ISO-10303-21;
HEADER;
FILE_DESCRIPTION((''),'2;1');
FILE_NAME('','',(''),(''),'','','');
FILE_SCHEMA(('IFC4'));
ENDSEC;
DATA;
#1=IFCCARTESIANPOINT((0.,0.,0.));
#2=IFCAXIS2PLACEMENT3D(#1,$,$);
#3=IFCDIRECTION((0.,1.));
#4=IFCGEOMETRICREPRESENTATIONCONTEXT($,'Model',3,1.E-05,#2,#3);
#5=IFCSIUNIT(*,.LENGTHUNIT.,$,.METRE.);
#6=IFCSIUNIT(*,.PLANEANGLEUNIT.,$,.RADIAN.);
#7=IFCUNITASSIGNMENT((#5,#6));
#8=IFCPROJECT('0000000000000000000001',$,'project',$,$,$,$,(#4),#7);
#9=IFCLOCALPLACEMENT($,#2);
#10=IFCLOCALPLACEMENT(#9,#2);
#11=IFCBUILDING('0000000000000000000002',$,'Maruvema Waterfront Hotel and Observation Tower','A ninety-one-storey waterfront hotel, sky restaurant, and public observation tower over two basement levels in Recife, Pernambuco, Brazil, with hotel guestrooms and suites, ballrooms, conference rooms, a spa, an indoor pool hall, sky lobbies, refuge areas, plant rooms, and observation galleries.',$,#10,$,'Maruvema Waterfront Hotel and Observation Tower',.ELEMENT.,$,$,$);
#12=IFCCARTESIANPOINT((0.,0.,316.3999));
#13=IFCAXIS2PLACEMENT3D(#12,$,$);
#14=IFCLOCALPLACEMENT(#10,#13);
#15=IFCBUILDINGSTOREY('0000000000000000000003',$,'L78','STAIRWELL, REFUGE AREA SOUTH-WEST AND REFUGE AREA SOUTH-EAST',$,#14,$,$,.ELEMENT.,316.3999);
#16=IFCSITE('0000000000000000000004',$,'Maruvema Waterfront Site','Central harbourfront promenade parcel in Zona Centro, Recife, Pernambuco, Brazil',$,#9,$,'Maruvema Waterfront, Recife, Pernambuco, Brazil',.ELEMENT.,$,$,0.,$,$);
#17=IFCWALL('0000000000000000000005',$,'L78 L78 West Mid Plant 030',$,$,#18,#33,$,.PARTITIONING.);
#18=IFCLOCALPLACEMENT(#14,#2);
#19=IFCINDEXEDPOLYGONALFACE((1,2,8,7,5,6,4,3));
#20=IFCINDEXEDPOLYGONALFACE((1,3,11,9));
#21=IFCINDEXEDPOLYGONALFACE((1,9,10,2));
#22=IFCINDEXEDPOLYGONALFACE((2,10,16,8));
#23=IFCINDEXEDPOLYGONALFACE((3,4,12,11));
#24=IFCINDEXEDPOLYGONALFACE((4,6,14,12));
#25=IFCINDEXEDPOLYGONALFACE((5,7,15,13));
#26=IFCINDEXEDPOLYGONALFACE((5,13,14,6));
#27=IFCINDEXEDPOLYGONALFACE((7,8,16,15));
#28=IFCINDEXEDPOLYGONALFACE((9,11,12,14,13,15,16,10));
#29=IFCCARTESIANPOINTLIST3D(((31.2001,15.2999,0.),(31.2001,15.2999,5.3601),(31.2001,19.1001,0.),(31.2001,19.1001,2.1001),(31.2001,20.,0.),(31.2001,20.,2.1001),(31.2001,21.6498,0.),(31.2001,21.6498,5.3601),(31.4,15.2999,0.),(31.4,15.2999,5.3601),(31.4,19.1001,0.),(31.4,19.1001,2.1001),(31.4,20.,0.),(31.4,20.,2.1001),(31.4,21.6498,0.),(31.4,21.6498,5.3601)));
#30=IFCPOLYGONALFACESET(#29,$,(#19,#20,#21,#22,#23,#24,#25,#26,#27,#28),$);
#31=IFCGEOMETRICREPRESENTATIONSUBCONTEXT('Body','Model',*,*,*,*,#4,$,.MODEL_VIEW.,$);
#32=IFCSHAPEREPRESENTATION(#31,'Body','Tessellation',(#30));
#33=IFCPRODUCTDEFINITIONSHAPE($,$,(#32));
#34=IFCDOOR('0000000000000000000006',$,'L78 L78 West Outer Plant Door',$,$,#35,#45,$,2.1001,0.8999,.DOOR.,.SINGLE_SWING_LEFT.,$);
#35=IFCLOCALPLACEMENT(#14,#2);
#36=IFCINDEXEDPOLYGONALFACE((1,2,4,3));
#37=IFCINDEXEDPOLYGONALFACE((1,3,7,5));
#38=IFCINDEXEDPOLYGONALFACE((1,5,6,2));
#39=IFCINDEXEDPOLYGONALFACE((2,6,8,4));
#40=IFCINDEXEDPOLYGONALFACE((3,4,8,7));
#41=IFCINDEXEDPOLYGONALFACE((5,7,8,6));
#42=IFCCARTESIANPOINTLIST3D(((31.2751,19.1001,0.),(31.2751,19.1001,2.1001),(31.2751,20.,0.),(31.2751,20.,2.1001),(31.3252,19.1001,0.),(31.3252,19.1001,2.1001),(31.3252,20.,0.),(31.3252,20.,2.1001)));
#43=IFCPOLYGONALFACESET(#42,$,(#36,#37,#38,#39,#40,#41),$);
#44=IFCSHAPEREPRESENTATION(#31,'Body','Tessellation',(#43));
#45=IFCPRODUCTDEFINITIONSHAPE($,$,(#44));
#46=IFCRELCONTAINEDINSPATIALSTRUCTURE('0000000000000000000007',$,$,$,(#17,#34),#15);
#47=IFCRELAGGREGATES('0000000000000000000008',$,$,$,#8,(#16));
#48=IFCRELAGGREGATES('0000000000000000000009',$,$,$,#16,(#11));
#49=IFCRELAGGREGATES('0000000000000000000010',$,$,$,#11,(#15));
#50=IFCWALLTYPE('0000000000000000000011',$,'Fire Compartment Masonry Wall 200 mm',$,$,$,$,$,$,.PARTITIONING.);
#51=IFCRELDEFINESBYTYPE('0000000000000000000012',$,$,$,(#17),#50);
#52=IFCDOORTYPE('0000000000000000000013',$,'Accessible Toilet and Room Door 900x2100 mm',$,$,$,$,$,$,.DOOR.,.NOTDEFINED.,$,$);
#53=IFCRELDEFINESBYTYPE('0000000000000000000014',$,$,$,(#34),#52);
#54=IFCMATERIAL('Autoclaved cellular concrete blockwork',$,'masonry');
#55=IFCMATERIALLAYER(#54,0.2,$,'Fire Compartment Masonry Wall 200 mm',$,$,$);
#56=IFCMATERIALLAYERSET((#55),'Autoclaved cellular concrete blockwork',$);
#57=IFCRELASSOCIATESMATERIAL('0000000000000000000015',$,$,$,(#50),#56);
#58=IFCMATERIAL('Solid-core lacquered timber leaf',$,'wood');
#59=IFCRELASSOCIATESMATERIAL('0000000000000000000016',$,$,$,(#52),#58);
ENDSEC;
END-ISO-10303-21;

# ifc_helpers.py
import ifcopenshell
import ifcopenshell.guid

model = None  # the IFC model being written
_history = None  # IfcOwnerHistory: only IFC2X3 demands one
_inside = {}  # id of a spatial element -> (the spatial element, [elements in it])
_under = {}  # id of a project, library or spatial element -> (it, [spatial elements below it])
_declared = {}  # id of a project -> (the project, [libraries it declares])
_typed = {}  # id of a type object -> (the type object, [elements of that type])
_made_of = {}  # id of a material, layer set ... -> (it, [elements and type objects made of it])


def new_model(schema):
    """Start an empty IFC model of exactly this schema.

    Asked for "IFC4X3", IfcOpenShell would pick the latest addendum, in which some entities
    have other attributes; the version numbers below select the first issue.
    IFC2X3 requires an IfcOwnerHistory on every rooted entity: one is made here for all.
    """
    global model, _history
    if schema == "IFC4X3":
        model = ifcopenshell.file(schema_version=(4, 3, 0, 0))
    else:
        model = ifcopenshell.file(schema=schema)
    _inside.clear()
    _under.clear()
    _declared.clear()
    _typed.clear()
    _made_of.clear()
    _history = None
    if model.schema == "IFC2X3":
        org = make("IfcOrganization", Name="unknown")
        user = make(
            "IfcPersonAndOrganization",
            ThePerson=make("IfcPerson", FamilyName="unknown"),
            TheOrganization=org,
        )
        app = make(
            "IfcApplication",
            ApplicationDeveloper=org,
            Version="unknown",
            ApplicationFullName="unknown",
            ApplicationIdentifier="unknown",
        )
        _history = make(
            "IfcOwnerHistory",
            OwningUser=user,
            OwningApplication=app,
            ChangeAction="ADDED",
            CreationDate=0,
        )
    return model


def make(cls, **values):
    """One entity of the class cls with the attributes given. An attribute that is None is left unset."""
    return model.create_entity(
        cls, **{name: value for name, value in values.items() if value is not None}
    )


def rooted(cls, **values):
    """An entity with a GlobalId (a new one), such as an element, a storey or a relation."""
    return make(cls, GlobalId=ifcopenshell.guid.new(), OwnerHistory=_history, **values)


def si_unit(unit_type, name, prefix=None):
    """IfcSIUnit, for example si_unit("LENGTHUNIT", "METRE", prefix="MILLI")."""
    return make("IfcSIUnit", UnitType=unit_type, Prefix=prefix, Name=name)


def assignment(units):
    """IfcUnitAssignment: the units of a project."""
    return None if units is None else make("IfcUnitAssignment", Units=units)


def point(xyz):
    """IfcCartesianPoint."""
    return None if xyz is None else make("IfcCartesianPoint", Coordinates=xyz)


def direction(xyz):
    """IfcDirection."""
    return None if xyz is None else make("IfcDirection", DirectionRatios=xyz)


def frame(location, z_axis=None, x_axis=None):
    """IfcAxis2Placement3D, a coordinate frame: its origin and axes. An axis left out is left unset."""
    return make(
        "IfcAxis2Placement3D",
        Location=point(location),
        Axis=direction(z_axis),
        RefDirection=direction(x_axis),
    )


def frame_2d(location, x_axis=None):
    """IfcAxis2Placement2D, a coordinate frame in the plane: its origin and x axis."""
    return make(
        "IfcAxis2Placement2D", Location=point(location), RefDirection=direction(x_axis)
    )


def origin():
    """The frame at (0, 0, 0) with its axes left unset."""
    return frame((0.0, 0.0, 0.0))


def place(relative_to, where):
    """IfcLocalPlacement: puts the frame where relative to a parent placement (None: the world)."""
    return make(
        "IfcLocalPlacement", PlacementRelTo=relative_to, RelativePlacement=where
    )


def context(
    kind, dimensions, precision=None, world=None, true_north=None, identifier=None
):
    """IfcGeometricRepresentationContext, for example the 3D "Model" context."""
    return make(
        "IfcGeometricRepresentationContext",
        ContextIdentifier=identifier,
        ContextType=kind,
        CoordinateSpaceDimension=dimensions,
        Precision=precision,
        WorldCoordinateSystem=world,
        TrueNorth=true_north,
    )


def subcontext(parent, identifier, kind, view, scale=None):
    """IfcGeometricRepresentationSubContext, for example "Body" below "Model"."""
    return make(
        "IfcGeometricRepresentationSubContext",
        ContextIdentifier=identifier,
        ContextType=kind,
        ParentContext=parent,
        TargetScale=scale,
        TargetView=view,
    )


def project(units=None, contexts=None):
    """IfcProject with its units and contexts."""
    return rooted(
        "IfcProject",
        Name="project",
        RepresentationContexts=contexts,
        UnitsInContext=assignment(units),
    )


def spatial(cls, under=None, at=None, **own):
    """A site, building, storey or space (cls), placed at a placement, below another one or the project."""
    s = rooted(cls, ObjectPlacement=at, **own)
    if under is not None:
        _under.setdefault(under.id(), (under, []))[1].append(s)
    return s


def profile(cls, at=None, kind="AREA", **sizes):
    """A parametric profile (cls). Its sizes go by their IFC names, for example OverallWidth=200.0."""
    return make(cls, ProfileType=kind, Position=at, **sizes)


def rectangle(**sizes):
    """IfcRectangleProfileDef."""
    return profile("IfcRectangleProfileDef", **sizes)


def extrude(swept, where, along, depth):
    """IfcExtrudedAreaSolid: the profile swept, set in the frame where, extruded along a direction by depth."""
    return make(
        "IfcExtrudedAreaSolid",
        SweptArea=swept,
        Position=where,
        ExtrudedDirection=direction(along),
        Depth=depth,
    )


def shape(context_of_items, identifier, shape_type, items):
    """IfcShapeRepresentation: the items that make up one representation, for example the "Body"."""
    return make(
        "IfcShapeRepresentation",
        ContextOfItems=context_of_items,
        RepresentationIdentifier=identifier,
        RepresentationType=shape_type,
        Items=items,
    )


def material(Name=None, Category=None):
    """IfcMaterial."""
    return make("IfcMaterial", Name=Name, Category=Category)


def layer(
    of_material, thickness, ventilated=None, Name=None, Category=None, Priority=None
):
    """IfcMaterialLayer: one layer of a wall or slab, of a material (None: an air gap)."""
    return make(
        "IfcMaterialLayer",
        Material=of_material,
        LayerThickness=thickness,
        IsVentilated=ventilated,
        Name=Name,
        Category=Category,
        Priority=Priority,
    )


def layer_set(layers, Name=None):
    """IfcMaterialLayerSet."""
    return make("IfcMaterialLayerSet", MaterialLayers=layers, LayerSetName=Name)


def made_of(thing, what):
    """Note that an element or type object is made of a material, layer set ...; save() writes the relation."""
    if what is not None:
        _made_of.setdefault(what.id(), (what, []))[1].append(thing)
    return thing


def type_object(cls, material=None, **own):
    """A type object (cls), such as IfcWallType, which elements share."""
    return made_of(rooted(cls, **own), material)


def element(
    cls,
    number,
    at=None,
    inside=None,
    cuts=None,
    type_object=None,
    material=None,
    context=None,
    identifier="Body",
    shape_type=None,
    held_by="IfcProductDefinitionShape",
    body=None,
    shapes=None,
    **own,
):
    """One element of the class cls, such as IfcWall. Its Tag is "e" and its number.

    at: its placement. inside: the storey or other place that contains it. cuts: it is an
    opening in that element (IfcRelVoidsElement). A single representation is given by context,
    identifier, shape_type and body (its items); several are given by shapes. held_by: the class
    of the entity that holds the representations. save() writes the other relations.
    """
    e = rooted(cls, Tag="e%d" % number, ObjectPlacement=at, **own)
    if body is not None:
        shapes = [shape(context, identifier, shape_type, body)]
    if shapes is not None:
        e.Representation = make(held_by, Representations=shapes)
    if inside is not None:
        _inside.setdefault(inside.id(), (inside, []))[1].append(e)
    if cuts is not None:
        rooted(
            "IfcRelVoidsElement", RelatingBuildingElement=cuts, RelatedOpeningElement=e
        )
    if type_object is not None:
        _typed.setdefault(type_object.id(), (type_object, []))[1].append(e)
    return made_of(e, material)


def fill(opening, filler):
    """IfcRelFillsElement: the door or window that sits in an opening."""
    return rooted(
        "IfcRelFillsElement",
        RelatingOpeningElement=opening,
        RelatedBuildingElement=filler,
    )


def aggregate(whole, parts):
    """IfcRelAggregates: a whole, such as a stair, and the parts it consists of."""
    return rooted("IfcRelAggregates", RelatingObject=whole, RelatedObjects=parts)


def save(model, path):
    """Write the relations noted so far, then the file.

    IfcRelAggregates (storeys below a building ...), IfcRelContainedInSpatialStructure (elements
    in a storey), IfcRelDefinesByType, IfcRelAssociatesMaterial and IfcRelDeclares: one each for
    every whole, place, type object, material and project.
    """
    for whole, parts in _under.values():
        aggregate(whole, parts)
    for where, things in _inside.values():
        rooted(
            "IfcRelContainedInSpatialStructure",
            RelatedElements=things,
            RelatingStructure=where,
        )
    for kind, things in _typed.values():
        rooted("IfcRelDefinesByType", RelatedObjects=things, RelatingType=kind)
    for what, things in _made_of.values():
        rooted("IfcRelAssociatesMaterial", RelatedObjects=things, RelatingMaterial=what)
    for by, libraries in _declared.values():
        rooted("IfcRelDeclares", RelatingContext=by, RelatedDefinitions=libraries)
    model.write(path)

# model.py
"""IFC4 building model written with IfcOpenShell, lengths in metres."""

from ifc_helpers import new_model, si_unit, direction, frame, frame_2d, origin, place, context, subcontext, project, spatial, rectangle, extrude, material, layer, layer_set, type_object, element, fill, save


model = new_model("IFC4")

# Units and contexts
model_context = context("Model", 3, precision=1e-05, world=origin(), true_north=direction((0.0, 1.0)))
body_context = subcontext(model_context, "Body", "Model", "MODEL_VIEW")
ifc_project = project(units=[si_unit("LENGTHUNIT", "METRE"), si_unit("PLANEANGLEUNIT", "RADIAN")], contexts=[model_context])

# Site, building, storey
site_placement = place(None, origin())
site = spatial("IfcSite", under=ifc_project, at=site_placement, Name="Maruvema Waterfront Site", Description="Central harbourfront promenade parcel in Zona Centro, Recife, Pernambuco, Brazil", LongName="Maruvema Waterfront, Recife, Pernambuco, Brazil", CompositionType="ELEMENT", RefElevation=0.0)
building_placement = place(site_placement, origin())
building = spatial("IfcBuilding", under=site, at=building_placement, Name="Maruvema Waterfront Hotel and Observation Tower", Description="A ninety-one-storey waterfront hotel, sky restaurant, and public observation tower over two basement levels in Recife, Pernambuco, Brazil, with hotel guestrooms and suites, ballrooms, conference rooms, a spa, an indoor pool hall, sky lobbies, refuge areas, plant rooms, and observation galleries.", LongName="Maruvema Waterfront Hotel and Observation Tower", CompositionType="ELEMENT")
storey_placement = place(building_placement, frame((0.0, 0.0, 316.3999)))
storey = spatial("IfcBuildingStorey", under=building, at=storey_placement, Name="L78", Description="STAIRWELL, REFUGE AREA SOUTH-WEST AND REFUGE AREA SOUTH-EAST", CompositionType="ELEMENT", Elevation=316.3999)

# Shared definitions
ifc_material_1 = material(Name="Autoclaved cellular concrete blockwork", Category="masonry")
ifc_layer_1 = layer(ifc_material_1, 0.2, Name="Fire Compartment Masonry Wall 200 mm")
ifc_layer_set_1 = layer_set([ifc_layer_1], Name="Autoclaved cellular concrete blockwork")
wall_type = type_object("IfcWallType", Name="Fire Compartment Masonry Wall 200 mm", PredefinedType="PARTITIONING", material=ifc_layer_set_1)

# Wall, opening, door
wall_1_placement = place(storey_placement, frame((31.3, 15.3, 0.0), z_axis=(0.0, 0.0, 1.0), x_axis=(0.0, 1.0, 0.0)))
wall_1 = element("IfcWall", 1, at=wall_1_placement, inside=storey, type_object=wall_type, Name="L78 L78 West Mid Plant 030", PredefinedType="PARTITIONING", context=body_context, shape_type="SweptSolid", body=[
    extrude(rectangle(XDim=6.3499, YDim=0.2, at=frame_2d((3.1748, 0.0))), origin(), (0.0, 0.0, 1.0), 5.3601),
])
opening_placement = place(wall_1_placement, frame((3.8, 0.0, 0.0)))
opening = element("IfcOpeningElement", 2, at=opening_placement, cuts=wall_1, PredefinedType="OPENING", context=body_context, shape_type="SweptSolid", body=[
    extrude(rectangle(XDim=0.8999, YDim=2.1001, at=frame_2d((0.45, 1.05))), frame((0.0, 0.1099, 0.0), z_axis=(0.0, -1.0, 0.0), x_axis=(1.0, 0.0, 0.0)), (0.0, 0.0, 1.0), 0.22),
])
ifc_material_2 = material(Name="Solid-core lacquered timber leaf", Category="wood")
door_type = type_object("IfcDoorType", Name="Accessible Toilet and Room Door 900x2100 mm", OperationType="NOTDEFINED", PredefinedType="DOOR", material=ifc_material_2)
door_placement = place(opening_placement, origin())
door = element("IfcDoor", 3, at=door_placement, inside=storey, type_object=door_type, Name="L78 L78 West Outer Plant Door", OperationType="SINGLE_SWING_LEFT", OverallHeight=2.1001, OverallWidth=0.8999, PredefinedType="DOOR", context=body_context, shape_type="SweptSolid", body=[
    extrude(rectangle(XDim=0.8999, YDim=2.1001, at=frame_2d((0.45, 1.05))), frame((0.0, 0.0249, 0.0), z_axis=(0.0, -1.0, 0.0), x_axis=(1.0, 0.0, 0.0)), (0.0, 0.0, 1.0), 0.05),
])
fill(opening, door)

save(model, "model.ifc")
